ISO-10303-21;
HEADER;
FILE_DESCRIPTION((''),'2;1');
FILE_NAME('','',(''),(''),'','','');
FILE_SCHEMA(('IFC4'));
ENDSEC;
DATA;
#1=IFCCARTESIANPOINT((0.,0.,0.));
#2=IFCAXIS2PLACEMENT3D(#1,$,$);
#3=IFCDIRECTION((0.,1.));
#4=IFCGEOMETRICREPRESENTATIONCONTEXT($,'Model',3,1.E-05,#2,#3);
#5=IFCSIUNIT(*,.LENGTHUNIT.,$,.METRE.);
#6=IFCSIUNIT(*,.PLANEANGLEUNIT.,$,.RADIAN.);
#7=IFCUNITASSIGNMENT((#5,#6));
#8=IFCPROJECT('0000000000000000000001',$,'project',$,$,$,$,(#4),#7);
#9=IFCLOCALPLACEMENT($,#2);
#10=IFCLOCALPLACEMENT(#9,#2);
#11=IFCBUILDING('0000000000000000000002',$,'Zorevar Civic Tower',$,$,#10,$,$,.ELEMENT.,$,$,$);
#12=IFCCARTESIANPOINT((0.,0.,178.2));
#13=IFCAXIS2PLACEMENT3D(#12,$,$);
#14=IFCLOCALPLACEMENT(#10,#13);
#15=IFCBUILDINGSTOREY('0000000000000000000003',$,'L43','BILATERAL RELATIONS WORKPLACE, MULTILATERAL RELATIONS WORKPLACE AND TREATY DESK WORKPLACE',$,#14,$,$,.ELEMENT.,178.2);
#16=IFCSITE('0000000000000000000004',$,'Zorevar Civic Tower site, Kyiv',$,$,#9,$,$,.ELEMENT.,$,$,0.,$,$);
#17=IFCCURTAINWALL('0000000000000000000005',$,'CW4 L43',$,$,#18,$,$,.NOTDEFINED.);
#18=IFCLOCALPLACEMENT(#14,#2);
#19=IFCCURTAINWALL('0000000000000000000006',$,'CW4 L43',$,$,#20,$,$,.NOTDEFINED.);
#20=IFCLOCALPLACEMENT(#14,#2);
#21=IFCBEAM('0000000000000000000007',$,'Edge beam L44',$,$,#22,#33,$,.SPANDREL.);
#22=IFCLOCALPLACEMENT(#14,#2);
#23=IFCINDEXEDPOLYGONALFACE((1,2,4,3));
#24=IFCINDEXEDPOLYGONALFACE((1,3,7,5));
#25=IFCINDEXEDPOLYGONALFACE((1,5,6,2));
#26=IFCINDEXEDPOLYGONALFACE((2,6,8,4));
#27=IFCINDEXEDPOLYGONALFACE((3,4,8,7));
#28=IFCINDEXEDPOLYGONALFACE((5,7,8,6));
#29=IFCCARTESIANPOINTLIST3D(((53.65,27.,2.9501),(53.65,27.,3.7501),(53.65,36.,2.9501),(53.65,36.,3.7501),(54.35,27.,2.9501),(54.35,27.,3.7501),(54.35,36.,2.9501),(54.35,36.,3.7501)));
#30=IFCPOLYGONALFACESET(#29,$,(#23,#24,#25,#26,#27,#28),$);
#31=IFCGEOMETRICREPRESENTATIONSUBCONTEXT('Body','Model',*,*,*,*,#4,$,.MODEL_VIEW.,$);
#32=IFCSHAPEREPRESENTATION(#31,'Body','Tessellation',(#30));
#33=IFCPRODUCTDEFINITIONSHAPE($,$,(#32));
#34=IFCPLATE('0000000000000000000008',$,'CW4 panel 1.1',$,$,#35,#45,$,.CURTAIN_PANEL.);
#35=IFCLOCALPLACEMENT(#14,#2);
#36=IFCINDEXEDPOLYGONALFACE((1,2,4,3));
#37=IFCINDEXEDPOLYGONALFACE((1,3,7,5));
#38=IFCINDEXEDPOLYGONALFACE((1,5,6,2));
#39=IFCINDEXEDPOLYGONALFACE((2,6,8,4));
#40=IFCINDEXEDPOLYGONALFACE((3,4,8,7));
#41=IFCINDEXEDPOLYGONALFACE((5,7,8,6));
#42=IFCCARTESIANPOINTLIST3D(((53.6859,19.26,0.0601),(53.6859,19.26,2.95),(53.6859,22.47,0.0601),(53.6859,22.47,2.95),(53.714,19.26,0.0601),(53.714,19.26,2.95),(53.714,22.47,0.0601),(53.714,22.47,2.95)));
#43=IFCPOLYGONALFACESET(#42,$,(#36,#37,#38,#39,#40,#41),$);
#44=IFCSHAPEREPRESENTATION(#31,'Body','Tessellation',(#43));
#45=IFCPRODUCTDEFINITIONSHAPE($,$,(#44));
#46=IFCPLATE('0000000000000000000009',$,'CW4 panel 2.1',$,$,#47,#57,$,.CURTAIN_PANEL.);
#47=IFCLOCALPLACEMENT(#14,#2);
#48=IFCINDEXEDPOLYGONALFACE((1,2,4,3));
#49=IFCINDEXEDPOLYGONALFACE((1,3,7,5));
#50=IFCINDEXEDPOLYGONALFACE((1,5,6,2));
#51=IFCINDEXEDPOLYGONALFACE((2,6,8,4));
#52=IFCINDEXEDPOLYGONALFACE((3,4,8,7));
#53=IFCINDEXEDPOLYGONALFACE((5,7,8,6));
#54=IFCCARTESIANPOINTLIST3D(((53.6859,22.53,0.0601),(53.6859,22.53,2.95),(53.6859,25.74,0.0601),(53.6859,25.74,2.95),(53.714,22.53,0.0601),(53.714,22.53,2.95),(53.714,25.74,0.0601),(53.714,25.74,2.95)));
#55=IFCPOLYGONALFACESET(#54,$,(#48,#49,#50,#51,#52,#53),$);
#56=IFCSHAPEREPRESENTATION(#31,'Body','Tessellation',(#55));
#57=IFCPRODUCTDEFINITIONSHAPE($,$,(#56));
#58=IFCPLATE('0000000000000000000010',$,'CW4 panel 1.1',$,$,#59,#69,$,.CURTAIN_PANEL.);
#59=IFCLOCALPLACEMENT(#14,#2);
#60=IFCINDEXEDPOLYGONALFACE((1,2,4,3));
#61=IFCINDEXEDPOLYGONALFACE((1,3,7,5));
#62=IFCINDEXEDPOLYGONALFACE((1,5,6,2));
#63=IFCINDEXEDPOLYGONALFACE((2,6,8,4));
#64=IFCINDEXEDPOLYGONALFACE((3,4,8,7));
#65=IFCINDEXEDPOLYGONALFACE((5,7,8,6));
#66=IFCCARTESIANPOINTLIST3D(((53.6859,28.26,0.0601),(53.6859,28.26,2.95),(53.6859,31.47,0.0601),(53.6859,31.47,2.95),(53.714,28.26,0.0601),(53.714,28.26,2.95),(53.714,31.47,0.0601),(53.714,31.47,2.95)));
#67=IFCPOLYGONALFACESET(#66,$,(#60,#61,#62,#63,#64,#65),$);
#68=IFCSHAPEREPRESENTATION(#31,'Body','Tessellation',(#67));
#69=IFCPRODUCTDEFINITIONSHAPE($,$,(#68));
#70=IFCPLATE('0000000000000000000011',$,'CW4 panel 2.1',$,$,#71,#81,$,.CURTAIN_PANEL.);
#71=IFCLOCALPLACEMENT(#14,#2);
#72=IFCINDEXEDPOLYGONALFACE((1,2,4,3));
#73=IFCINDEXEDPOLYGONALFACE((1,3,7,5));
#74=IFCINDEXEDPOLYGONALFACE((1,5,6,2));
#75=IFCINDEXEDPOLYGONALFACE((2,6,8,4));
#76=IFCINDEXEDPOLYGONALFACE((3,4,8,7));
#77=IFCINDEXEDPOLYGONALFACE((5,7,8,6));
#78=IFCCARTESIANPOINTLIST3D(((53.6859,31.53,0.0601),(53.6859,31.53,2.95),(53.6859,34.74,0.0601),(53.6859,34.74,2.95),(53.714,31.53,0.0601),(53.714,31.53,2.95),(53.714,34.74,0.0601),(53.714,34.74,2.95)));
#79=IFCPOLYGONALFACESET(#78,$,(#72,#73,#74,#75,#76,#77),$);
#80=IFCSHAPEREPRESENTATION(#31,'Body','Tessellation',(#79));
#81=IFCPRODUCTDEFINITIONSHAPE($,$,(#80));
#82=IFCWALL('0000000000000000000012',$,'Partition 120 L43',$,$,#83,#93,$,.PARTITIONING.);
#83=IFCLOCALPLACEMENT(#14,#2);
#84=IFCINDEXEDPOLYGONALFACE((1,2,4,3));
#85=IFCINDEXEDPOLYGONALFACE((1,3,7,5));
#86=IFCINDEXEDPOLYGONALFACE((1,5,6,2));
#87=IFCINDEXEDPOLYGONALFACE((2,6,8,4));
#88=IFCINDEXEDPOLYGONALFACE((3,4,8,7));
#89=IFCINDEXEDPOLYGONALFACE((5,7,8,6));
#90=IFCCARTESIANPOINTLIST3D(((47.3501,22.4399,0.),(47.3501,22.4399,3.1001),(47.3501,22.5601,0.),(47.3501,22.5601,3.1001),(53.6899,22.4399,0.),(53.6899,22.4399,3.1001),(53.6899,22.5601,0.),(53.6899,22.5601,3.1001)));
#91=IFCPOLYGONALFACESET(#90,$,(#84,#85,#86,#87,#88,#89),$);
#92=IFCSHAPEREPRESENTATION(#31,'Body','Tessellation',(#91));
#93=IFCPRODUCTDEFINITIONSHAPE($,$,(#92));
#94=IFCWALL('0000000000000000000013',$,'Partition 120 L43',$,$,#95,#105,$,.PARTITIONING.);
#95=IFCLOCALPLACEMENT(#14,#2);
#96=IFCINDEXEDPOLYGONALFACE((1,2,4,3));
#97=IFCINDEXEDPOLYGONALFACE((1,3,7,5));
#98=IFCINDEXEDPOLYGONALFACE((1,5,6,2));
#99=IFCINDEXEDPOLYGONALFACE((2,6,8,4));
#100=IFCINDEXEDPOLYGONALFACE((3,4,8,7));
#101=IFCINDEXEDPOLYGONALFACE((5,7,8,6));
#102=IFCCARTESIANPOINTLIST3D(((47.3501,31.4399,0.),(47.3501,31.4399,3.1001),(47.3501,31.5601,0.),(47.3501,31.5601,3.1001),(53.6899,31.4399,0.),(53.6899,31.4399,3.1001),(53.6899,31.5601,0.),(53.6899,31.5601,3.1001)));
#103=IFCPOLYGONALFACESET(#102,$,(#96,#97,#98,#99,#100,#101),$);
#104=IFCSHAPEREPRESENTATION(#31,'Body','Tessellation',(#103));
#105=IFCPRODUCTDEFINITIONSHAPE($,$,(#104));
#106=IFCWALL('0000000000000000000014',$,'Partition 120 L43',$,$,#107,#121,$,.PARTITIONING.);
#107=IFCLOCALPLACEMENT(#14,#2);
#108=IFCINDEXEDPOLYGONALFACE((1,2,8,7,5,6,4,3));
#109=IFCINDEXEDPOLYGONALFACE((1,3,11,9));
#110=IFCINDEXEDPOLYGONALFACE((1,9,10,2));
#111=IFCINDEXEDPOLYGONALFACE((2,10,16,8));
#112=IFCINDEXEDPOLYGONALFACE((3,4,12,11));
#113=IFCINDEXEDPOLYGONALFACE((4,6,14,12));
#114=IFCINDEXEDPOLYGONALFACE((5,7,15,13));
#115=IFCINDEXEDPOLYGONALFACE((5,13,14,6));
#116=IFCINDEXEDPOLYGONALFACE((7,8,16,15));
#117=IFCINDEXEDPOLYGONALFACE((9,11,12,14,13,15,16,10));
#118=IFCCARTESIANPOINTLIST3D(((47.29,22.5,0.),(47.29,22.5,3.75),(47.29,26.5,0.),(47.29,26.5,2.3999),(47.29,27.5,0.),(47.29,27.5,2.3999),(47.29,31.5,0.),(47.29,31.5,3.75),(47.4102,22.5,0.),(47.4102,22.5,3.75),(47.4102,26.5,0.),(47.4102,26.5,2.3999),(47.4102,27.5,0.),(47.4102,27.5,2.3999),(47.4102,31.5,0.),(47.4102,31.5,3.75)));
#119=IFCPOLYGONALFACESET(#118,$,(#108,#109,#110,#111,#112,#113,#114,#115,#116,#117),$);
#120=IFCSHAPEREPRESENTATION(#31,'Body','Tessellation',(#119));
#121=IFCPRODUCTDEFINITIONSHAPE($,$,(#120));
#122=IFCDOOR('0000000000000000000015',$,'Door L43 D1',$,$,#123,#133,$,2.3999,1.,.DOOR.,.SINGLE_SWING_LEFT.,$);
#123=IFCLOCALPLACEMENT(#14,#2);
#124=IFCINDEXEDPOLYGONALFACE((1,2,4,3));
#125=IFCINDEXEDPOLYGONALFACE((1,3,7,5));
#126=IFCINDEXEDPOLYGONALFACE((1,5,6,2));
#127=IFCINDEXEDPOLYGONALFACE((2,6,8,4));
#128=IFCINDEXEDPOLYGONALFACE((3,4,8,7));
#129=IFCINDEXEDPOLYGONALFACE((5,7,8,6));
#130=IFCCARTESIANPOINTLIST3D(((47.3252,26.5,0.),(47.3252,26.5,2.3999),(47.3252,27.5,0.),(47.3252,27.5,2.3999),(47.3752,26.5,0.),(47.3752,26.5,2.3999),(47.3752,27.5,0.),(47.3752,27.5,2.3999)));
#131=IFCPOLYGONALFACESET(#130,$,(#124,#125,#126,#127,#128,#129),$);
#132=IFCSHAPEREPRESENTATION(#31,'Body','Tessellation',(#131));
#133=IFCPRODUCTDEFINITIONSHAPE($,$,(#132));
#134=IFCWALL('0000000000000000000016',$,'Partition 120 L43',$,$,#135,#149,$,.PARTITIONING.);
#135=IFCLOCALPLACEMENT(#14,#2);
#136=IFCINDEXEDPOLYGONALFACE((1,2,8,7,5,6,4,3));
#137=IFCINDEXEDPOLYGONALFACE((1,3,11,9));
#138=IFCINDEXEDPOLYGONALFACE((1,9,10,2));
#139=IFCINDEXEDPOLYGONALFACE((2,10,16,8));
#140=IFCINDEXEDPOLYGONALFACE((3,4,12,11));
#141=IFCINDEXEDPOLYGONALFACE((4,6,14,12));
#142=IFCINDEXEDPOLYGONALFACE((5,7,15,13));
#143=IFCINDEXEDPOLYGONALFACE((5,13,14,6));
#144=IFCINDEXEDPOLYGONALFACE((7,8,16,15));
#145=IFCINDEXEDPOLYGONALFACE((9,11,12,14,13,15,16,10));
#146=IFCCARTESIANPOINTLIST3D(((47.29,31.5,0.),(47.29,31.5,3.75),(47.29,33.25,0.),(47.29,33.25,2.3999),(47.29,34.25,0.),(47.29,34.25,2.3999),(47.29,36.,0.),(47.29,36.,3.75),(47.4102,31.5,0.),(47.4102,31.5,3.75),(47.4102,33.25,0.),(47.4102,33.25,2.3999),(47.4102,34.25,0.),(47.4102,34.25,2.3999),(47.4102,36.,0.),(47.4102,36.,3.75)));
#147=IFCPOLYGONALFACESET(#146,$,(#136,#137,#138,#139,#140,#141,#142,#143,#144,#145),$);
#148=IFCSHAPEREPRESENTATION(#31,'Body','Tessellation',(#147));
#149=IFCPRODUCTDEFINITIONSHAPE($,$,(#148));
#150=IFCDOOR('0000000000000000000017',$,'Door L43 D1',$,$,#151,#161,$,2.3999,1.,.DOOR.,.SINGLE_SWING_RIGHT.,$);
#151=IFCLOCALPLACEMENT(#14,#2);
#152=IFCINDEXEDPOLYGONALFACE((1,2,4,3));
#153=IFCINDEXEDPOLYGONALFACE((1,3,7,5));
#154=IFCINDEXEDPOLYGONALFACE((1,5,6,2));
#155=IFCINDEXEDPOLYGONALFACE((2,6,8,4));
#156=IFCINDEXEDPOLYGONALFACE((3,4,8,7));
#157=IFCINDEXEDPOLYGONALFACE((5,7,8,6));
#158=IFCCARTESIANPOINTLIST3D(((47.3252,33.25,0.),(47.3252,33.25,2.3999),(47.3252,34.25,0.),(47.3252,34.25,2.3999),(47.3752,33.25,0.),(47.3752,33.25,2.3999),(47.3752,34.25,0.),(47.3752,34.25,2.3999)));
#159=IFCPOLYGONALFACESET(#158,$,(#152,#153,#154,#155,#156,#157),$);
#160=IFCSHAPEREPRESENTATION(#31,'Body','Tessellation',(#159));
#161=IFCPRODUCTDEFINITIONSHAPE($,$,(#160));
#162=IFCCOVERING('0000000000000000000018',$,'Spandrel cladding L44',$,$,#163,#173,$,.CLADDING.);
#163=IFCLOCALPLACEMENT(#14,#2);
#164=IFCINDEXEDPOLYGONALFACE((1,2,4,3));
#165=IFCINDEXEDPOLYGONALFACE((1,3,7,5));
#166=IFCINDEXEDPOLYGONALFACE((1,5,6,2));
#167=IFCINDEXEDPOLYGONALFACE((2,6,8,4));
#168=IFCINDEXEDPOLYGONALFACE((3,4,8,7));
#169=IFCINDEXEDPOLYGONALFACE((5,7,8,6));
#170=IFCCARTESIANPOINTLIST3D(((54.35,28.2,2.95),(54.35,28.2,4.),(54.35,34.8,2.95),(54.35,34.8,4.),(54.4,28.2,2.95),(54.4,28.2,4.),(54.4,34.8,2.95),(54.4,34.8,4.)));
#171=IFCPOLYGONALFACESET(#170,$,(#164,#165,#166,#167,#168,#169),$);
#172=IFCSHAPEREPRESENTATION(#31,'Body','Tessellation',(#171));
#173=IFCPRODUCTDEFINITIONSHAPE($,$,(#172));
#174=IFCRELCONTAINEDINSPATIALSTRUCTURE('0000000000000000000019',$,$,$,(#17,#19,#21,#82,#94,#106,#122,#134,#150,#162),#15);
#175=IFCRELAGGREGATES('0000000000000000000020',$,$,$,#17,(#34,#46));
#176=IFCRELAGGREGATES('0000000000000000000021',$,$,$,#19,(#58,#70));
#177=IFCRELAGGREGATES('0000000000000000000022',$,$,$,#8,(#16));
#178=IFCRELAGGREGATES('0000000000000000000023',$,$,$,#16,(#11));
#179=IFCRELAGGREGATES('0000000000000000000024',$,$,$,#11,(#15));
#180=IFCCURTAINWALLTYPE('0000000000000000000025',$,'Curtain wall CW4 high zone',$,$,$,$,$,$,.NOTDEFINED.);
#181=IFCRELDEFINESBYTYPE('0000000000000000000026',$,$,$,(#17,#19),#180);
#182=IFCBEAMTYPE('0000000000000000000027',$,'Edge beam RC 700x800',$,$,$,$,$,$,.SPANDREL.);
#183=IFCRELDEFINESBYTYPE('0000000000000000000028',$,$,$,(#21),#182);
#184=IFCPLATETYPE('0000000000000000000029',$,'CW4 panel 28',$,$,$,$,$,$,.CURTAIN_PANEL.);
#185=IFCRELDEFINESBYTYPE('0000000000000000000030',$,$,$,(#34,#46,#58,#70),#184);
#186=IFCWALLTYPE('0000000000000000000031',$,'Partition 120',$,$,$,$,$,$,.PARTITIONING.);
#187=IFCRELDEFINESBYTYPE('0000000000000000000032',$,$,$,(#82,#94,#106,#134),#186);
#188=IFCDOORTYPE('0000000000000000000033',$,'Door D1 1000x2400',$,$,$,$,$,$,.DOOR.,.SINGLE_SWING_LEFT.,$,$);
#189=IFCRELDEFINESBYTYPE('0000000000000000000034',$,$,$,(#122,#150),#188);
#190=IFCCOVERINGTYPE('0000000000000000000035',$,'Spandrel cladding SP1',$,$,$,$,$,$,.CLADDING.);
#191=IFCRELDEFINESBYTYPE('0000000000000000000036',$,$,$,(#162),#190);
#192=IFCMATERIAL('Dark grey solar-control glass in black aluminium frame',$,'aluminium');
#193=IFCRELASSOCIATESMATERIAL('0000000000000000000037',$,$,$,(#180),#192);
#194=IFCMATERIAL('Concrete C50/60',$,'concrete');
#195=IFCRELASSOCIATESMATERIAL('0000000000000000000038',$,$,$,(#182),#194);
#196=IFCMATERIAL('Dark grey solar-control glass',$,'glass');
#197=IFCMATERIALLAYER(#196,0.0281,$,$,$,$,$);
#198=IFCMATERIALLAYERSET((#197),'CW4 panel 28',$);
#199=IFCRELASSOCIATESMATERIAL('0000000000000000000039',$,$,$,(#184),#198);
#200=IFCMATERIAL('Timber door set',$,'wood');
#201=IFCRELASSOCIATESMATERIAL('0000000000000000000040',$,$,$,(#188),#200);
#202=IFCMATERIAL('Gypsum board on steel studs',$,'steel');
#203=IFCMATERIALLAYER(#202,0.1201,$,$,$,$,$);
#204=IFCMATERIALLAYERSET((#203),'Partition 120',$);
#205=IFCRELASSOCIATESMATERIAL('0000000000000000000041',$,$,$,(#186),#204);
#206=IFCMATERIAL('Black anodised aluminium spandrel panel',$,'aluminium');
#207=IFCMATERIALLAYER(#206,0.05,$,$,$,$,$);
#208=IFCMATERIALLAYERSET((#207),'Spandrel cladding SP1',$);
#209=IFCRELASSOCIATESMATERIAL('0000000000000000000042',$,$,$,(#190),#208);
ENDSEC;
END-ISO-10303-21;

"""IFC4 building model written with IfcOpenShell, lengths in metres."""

from ifc_helpers import new_model, si_unit, direction, frame, frame_2d, origin, origin_2d, place, context, subcontext, project, spatial, rectangle, extrude, material, layer, layer_set, material_profile, profile_set, type_object, element, fill, aggregate, save


model = new_model("IFC4")

# Units and contexts
model_context = context("Model", 3, precision=1e-05, world=origin(), true_north=direction((0.0, 1.0)))
body_context = subcontext(model_context, "Body", "Model", "MODEL_VIEW")
ifc_project = project(units=[si_unit("LENGTHUNIT", "METRE"), si_unit("PLANEANGLEUNIT", "RADIAN")], contexts=[model_context])

# Site, building, storey
site_placement = place(None, origin())
site = spatial("IfcSite", under=ifc_project, at=site_placement, Name="Zorevar Civic Tower site, Kyiv", CompositionType="ELEMENT", RefElevation=0.0)
building_placement = place(site_placement, origin())
building = spatial("IfcBuilding", under=site, at=building_placement, Name="Zorevar Civic Tower", CompositionType="ELEMENT")
storey_placement = place(building_placement, frame((0.0, 0.0, 178.2)))
storey = spatial("IfcBuildingStorey", under=building, at=storey_placement, Name="L43", Description="BILATERAL RELATIONS WORKPLACE, MULTILATERAL RELATIONS WORKPLACE AND TREATY DESK WORKPLACE", CompositionType="ELEMENT", Elevation=178.2)

# Curtain walls
ifc_material_1 = material(Name="Dark grey solar-control glass in black aluminium frame", Category="aluminium")
curtain_wall_type = type_object("IfcCurtainWallType", Name="Curtain wall CW4 high zone", PredefinedType="NOTDEFINED", material=ifc_material_1)
curtain_wall_1_placement = place(storey_placement, origin())
curtain_wall_1 = element("IfcCurtainWall", 1, at=curtain_wall_1_placement, inside=storey, type_object=curtain_wall_type, Name="CW4 L43", PredefinedType="NOTDEFINED")
curtain_wall_2_placement = place(storey_placement, origin())
curtain_wall_2 = element("IfcCurtainWall", 2, at=curtain_wall_2_placement, inside=storey, type_object=curtain_wall_type, Name="CW4 L43", PredefinedType="NOTDEFINED")

# Beam
ifc_material_2 = material(Name="Concrete C50/60", Category="concrete")
ifc_material_profile_1 = material_profile(ifc_material_2, rectangle(XDim=0.7, YDim=0.8, at=origin_2d()), Name="RC 700x800")
ifc_profile_set_1 = profile_set([ifc_material_profile_1], Name="Concrete C50/60")
beam_type_1 = type_object("IfcBeamType", Name="Edge beam RC 700x800", PredefinedType="SPANDREL", material=ifc_profile_set_1)
beam_placement = place(storey_placement, frame((54.0, 27.0, 3.3501), z_axis=(0.0, 1.0, 0.0), x_axis=(-1.0, 0.0, 0.0)))
element("IfcBeam", 3, at=beam_placement, inside=storey, type_object=beam_type_1, Name="Edge beam L44", PredefinedType="SPANDREL", context=body_context, shape_type="SweptSolid", body=[
    extrude(rectangle(XDim=0.7, YDim=0.8, at=origin_2d()), origin(), (0.0, 0.0, 1.0), 9.0),
])

# Plates
ifc_material_3 = material(Name="Dark grey solar-control glass", Category="glass")
ifc_layer_1 = layer(ifc_material_3, 0.0281)
ifc_layer_set_1 = layer_set([ifc_layer_1], Name="CW4 panel 28")
plate_type = type_object("IfcPlateType", Name="CW4 panel 28", PredefinedType="CURTAIN_PANEL", material=ifc_layer_set_1)
plate_1_placement = place(storey_placement, frame((53.7, 20.865, 0.0601), z_axis=(0.0, 0.0, 1.0), x_axis=(0.0, 1.0, 0.0)))
plate_1 = element("IfcPlate", 4, at=plate_1_placement, type_object=plate_type, Name="CW4 panel 1.1", PredefinedType="CURTAIN_PANEL", context=body_context, shape_type="SweptSolid", body=[
    extrude(rectangle(XDim=3.21, YDim=0.0281, at=origin_2d()), origin(), (0.0, 0.0, 1.0), 2.8899),
])
plate_2_placement = place(storey_placement, frame((53.7, 24.135, 0.0601), z_axis=(0.0, 0.0, 1.0), x_axis=(0.0, 1.0, 0.0)))
plate_2 = element("IfcPlate", 5, at=plate_2_placement, type_object=plate_type, Name="CW4 panel 2.1", PredefinedType="CURTAIN_PANEL", context=body_context, shape_type="SweptSolid", body=[
    extrude(rectangle(XDim=3.21, YDim=0.0281, at=origin_2d()), origin(), (0.0, 0.0, 1.0), 2.8899),
])
aggregate(curtain_wall_1, [plate_1, plate_2])
plate_3_placement = place(storey_placement, frame((53.7, 29.865, 0.0601), z_axis=(0.0, 0.0, 1.0), x_axis=(0.0, 1.0, 0.0)))
plate_3 = element("IfcPlate", 6, at=plate_3_placement, type_object=plate_type, Name="CW4 panel 1.1", PredefinedType="CURTAIN_PANEL", context=body_context, shape_type="SweptSolid", body=[
    extrude(rectangle(XDim=3.21, YDim=0.0281, at=origin_2d()), origin(), (0.0, 0.0, 1.0), 2.8899),
])
plate_4_placement = place(storey_placement, frame((53.7, 33.135, 0.0601), z_axis=(0.0, 0.0, 1.0), x_axis=(0.0, 1.0, 0.0)))
plate_4 = element("IfcPlate", 7, at=plate_4_placement, type_object=plate_type, Name="CW4 panel 2.1", PredefinedType="CURTAIN_PANEL", context=body_context, shape_type="SweptSolid", body=[
    extrude(rectangle(XDim=3.21, YDim=0.0281, at=origin_2d()), origin(), (0.0, 0.0, 1.0), 2.8899),
])
aggregate(curtain_wall_2, [plate_3, plate_4])

# Shared definitions
ifc_material_4 = material(Name="Timber door set", Category="wood")
door_type_1 = type_object("IfcDoorType", Name="Door D1 1000x2400", OperationType="SINGLE_SWING_LEFT", PredefinedType="DOOR", material=ifc_material_4)

# Walls
ifc_material_5 = material(Name="Gypsum board on steel studs", Category="steel")
ifc_layer_2 = layer(ifc_material_5, 0.1201)
ifc_layer_set_2 = layer_set([ifc_layer_2], Name="Partition 120")
wall_type_1 = type_object("IfcWallType", Name="Partition 120", PredefinedType="PARTITIONING", material=ifc_layer_set_2)
for number, where, z_axis, x_axis, name in (
    (8, (47.3501, 22.5, 0.0), (0.0, 0.0, 1.0), (1.0, 0.0, 0.0), "Partition 120 L43"),
    (9, (47.3501, 31.5, 0.0), (0.0, 0.0, 1.0), (1.0, 0.0, 0.0), "Partition 120 L43"),
):
    element("IfcWall", number, at=place(storey_placement, frame(where, z_axis=z_axis, x_axis=x_axis)), inside=storey, type_object=wall_type_1, Name=name, PredefinedType="PARTITIONING", context=body_context, shape_type="SweptSolid", body=[
        extrude(rectangle(XDim=6.3398, YDim=0.1201, at=frame_2d((3.1699, 0.0))), origin(), (0.0, 0.0, 1.0), 3.1001),
    ])

# Walls, openings, doors
wall_1_placement = place(storey_placement, frame((47.3501, 22.5, 0.0), z_axis=(0.0, 0.0, 1.0), x_axis=(0.0, 1.0, 0.0)))
wall_1 = element("IfcWall", 10, at=wall_1_placement, inside=storey, type_object=wall_type_1, Name="Partition 120 L43", PredefinedType="PARTITIONING", context=body_context, shape_type="SweptSolid", body=[
    extrude(rectangle(XDim=9.0, YDim=0.1201, at=frame_2d((4.5, 0.0))), origin(), (0.0, 0.0, 1.0), 3.75),
])
opening_1_placement = place(wall_1_placement, frame((4.0, 0.0, 0.0)))
opening_1 = element("IfcOpeningElement", 11, at=opening_1_placement, cuts=wall_1, PredefinedType="OPENING", context=body_context, shape_type="SweptSolid", body=[
    extrude(rectangle(XDim=1.0, YDim=2.3999, at=frame_2d((0.5, 1.2))), frame((0.0, 0.0701, 0.0), z_axis=(0.0, -1.0, 0.0), x_axis=(1.0, 0.0, 0.0)), (0.0, 0.0, 1.0), 0.1401),
])
door_1_placement = place(opening_1_placement, origin())
door_1 = element("IfcDoor", 12, at=door_1_placement, inside=storey, type_object=door_type_1, Name="Door L43 D1", OperationType="SINGLE_SWING_LEFT", OverallHeight=2.3999, OverallWidth=1.0, PredefinedType="DOOR", context=body_context, shape_type="SweptSolid", body=[
    extrude(rectangle(XDim=1.0, YDim=2.3999, at=frame_2d((0.5, 1.2))), frame((0.0, 0.0249, 0.0), z_axis=(0.0, -1.0, 0.0), x_axis=(1.0, 0.0, 0.0)), (0.0, 0.0, 1.0), 0.05),
])
fill(opening_1, door_1)
wall_2_placement = place(storey_placement, frame((47.3501, 31.5, 0.0), z_axis=(0.0, 0.0, 1.0), x_axis=(0.0, 1.0, 0.0)))
wall_2 = element("IfcWall", 13, at=wall_2_placement, inside=storey, type_object=wall_type_1, Name="Partition 120 L43", PredefinedType="PARTITIONING", context=body_context, shape_type="SweptSolid", body=[
    extrude(rectangle(XDim=4.5, YDim=0.1201, at=frame_2d((2.25, 0.0))), origin(), (0.0, 0.0, 1.0), 3.75),
])
opening_2_placement = place(wall_2_placement, frame((1.75, 0.0, 0.0)))
opening_2 = element("IfcOpeningElement", 14, at=opening_2_placement, cuts=wall_2, PredefinedType="OPENING", context=body_context, shape_type="SweptSolid", body=[
    extrude(rectangle(XDim=1.0, YDim=2.3999, at=frame_2d((0.5, 1.2))), frame((0.0, 0.0701, 0.0), z_axis=(0.0, -1.0, 0.0), x_axis=(1.0, 0.0, 0.0)), (0.0, 0.0, 1.0), 0.1401),
])
door_2_placement = place(opening_2_placement, origin())
door_2 = element("IfcDoor", 15, at=door_2_placement, inside=storey, type_object=door_type_1, Name="Door L43 D1", OperationType="SINGLE_SWING_RIGHT", OverallHeight=2.3999, OverallWidth=1.0, PredefinedType="DOOR", context=body_context, shape_type="SweptSolid", body=[
    extrude(rectangle(XDim=1.0, YDim=2.3999, at=frame_2d((0.5, 1.2))), frame((0.0, 0.0249, 0.0), z_axis=(0.0, -1.0, 0.0), x_axis=(1.0, 0.0, 0.0)), (0.0, 0.0, 1.0), 0.05),
])
fill(opening_2, door_2)

# Covering
ifc_material_6 = material(Name="Black anodised aluminium spandrel panel", Category="aluminium")
ifc_layer_3 = layer(ifc_material_6, 0.05)
ifc_layer_set_3 = layer_set([ifc_layer_3], Name="Spandrel cladding SP1")
covering_type = type_object("IfcCoveringType", Name="Spandrel cladding SP1", PredefinedType="CLADDING", material=ifc_layer_set_3)
covering_placement = place(storey_placement, frame((54.375, 28.2, 2.95), z_axis=(0.0, 0.0, 1.0), x_axis=(0.0, 1.0, 0.0)))
element("IfcCovering", 16, at=covering_placement, inside=storey, type_object=covering_type, Name="Spandrel cladding L44", PredefinedType="CLADDING", context=body_context, shape_type="SweptSolid", body=[
    extrude(rectangle(XDim=6.6001, YDim=0.05, at=frame_2d((3.3, 0.0))), origin(), (0.0, 0.0, 1.0), 1.05),
])

save(model, "model.ifc")
